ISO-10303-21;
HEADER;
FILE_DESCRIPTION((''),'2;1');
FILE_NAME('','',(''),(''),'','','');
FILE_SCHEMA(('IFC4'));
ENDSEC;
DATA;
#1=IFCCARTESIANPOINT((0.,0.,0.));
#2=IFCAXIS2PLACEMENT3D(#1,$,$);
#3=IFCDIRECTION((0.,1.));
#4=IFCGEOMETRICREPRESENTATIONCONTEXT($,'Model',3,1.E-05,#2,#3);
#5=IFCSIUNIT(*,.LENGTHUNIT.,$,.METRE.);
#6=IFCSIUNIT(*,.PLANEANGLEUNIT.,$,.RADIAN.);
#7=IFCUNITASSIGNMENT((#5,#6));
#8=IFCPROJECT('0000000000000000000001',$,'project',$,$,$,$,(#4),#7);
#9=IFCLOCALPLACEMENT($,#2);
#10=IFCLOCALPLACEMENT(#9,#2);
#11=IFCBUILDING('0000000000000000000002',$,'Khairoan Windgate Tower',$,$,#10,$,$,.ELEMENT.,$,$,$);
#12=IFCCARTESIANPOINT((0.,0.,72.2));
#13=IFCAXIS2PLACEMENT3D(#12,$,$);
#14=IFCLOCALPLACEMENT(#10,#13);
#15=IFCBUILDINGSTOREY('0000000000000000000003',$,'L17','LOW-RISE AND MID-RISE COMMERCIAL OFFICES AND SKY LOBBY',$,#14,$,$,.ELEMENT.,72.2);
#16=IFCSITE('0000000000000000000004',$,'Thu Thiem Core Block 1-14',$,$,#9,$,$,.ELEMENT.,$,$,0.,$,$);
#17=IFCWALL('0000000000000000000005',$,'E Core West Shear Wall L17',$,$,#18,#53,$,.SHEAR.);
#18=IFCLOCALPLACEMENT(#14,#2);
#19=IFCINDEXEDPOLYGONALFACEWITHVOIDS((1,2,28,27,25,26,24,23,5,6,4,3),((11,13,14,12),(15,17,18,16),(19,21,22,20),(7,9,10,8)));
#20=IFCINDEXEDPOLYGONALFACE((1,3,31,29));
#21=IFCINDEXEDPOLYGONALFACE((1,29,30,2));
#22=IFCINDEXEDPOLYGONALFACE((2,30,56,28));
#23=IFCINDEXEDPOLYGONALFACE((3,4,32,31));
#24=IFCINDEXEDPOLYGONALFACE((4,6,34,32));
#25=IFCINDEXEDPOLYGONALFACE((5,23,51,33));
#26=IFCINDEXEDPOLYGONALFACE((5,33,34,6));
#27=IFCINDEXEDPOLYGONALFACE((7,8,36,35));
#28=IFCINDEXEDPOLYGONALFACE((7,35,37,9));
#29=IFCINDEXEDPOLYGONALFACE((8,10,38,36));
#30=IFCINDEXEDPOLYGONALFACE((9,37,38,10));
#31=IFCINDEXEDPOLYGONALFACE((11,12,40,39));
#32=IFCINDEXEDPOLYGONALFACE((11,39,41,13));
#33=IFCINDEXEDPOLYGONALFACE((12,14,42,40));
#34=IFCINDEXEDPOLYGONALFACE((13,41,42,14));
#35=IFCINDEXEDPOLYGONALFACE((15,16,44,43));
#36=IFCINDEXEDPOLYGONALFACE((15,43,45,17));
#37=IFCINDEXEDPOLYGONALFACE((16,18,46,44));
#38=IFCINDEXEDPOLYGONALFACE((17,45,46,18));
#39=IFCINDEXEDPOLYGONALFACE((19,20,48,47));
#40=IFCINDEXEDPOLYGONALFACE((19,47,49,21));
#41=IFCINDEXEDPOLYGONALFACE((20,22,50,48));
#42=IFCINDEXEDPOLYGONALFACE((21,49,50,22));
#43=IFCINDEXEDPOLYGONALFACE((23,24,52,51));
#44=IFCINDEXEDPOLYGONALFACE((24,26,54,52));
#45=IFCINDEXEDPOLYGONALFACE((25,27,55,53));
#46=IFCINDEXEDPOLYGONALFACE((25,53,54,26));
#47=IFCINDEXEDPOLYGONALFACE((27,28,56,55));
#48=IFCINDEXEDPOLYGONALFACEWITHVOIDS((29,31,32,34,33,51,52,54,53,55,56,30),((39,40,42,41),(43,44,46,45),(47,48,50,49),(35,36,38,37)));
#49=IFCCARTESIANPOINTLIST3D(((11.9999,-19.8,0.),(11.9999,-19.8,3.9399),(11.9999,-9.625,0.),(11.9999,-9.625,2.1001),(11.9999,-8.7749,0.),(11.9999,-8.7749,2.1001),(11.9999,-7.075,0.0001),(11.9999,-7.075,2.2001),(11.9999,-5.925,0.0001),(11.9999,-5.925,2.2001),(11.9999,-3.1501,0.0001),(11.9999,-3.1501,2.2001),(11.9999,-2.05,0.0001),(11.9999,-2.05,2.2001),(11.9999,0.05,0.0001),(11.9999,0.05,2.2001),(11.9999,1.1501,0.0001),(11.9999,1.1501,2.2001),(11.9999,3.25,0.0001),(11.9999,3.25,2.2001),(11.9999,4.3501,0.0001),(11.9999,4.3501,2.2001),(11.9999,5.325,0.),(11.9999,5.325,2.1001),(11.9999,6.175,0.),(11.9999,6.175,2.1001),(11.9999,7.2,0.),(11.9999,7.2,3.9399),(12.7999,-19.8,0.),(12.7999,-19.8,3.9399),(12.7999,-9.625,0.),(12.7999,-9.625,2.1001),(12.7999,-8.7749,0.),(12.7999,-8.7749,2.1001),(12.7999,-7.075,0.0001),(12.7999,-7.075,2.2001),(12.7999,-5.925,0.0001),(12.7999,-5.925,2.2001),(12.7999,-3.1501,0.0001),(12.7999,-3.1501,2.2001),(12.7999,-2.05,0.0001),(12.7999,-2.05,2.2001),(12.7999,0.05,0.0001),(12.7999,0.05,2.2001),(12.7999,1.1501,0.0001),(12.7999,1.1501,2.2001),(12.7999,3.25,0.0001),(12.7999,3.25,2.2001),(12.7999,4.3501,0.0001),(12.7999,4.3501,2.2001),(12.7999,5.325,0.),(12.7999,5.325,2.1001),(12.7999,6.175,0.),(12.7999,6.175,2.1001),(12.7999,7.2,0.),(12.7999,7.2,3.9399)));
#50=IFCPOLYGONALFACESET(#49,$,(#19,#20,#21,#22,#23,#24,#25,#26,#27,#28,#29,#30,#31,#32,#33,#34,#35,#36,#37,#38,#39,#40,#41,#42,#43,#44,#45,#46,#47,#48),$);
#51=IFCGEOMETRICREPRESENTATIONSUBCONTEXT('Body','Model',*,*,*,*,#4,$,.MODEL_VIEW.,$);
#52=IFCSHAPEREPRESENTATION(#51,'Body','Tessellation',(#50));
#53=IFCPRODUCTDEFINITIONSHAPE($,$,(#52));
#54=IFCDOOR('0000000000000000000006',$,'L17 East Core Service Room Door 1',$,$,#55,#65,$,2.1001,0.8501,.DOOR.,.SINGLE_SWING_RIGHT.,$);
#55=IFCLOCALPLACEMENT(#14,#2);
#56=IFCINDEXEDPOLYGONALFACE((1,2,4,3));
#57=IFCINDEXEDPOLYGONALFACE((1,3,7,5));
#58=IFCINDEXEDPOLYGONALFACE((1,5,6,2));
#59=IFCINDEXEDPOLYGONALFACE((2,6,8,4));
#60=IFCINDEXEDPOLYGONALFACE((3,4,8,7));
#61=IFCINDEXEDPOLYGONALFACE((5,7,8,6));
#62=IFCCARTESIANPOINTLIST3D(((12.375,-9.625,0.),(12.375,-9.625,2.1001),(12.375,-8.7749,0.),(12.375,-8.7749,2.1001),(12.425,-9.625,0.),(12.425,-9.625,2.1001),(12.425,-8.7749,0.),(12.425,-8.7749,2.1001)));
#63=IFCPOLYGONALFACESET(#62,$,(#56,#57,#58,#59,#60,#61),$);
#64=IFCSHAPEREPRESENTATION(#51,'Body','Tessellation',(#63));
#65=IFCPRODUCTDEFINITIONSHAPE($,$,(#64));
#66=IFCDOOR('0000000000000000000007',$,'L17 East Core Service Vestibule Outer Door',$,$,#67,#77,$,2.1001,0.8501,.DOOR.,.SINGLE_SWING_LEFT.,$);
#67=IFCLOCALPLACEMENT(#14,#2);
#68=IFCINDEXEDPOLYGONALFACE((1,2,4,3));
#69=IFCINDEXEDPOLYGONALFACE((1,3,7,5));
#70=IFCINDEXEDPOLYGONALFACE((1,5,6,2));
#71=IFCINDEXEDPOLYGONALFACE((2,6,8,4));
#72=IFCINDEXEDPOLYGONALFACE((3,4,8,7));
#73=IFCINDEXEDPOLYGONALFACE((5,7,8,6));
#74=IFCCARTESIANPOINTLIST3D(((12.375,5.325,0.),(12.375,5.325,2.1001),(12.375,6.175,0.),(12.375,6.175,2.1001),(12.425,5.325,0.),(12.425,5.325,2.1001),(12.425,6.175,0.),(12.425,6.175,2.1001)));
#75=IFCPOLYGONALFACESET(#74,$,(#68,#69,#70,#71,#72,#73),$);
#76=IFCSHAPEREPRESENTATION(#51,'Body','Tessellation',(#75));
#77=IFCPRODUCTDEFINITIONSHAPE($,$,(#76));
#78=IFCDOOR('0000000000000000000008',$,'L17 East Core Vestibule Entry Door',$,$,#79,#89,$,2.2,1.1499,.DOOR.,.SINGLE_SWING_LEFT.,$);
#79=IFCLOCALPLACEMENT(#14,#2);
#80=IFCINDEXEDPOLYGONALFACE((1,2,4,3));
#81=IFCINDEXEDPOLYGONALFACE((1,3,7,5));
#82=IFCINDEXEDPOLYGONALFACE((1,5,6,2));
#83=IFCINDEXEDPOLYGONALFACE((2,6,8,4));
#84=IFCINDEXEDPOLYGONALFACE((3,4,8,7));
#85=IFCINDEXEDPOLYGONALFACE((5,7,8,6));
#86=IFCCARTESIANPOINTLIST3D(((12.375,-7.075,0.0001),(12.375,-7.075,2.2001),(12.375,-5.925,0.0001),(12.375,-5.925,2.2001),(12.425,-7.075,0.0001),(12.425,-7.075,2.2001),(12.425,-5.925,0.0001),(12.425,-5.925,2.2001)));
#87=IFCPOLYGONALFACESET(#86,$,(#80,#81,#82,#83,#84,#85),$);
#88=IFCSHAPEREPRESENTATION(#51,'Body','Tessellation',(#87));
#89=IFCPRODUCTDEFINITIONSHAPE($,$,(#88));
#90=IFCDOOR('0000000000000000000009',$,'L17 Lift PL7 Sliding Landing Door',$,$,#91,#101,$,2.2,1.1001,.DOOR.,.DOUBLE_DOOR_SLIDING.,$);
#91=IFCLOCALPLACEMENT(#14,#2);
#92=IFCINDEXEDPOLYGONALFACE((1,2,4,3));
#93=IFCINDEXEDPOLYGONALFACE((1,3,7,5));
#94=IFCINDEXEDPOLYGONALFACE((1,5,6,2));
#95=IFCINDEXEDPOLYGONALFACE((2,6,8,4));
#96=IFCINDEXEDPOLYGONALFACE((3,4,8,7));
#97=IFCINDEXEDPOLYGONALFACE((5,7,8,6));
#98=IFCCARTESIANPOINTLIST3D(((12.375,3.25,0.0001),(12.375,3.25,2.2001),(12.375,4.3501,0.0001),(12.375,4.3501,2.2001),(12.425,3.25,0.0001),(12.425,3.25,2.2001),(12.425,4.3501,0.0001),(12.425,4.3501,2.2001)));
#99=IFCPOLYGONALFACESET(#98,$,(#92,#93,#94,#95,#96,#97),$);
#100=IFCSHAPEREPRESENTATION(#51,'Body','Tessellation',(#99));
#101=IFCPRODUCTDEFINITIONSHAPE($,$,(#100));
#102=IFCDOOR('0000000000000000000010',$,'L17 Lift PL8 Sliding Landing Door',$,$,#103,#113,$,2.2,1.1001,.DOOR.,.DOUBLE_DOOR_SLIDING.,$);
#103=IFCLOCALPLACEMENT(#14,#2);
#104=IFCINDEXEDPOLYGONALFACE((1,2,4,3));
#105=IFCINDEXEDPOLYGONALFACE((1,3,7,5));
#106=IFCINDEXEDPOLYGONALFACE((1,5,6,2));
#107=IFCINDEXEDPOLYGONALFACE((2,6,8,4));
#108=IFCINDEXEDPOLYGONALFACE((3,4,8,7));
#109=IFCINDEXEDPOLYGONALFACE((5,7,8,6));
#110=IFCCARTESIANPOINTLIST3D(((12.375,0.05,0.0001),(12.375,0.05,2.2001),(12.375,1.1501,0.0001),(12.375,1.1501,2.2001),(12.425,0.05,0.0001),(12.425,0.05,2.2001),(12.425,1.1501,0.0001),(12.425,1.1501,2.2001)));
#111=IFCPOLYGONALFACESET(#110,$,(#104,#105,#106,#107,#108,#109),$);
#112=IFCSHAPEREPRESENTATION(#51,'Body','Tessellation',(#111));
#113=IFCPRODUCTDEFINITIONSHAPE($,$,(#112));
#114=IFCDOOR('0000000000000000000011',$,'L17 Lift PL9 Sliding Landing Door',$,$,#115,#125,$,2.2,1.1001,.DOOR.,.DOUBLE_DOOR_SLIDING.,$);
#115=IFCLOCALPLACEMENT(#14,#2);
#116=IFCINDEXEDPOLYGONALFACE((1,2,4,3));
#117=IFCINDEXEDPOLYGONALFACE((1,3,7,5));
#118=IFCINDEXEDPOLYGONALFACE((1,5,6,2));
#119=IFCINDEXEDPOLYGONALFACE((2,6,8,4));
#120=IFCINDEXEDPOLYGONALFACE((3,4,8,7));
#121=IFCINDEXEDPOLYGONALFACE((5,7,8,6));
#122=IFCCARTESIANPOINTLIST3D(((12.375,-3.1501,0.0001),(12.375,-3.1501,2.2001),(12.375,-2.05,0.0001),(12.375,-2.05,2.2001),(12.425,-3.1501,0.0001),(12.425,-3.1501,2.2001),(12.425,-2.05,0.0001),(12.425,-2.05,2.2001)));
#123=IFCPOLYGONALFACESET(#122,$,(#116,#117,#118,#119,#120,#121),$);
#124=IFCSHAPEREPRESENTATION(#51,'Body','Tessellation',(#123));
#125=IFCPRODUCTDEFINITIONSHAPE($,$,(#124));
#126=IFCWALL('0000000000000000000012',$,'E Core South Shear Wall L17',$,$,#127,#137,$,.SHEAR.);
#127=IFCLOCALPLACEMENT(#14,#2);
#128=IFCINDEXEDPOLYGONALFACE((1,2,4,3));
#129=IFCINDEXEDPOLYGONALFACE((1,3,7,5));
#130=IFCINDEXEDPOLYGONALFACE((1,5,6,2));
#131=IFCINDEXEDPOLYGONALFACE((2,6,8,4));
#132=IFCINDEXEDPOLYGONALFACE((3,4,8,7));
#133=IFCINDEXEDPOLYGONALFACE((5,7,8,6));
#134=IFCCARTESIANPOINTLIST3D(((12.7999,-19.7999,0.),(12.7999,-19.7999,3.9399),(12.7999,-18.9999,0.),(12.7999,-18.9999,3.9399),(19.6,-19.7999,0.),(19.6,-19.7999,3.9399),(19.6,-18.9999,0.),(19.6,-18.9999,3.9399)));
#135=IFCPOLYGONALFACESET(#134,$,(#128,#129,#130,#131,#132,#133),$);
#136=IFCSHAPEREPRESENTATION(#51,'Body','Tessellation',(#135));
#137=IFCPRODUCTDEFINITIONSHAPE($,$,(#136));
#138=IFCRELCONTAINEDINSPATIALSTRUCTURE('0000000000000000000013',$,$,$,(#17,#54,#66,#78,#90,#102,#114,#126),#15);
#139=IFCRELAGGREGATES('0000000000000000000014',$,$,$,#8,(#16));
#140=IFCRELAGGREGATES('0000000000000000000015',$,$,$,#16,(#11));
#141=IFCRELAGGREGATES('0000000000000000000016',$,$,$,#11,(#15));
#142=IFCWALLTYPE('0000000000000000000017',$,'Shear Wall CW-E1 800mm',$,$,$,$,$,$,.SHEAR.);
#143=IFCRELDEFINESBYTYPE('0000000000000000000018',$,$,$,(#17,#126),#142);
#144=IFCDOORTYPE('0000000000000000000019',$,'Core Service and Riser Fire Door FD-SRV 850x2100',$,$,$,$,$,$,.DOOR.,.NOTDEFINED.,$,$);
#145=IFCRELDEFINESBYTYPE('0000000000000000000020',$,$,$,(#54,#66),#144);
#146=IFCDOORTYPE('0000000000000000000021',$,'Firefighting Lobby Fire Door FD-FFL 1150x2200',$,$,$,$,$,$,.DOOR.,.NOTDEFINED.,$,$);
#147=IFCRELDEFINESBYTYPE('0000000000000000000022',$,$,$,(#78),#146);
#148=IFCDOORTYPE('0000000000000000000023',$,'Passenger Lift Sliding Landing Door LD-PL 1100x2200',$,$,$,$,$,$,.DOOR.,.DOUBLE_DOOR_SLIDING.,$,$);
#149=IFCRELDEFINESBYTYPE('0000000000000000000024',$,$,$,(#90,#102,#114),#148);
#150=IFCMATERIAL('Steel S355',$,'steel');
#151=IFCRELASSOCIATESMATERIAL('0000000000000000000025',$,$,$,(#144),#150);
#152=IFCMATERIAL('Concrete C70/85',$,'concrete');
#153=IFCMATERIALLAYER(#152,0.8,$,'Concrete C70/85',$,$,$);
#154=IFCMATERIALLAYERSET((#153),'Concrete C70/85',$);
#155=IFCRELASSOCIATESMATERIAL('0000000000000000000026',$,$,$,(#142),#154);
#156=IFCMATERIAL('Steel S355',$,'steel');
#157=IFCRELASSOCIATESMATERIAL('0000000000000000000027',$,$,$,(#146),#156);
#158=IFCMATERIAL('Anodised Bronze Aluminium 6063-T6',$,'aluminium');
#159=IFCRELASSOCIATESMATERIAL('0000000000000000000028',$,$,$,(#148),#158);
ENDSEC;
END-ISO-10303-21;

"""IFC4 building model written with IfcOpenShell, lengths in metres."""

from ifc_helpers import new_model, si_unit, direction, frame, frame_2d, origin, place, context, subcontext, project, spatial, rectangle, extrude, material, layer, layer_set, type_object, element, fill, save


model = new_model("IFC4")

# Units and contexts
model_context = context("Model", 3, precision=1e-05, world=origin(), true_north=direction((0.0, 1.0)))
body_context = subcontext(model_context, "Body", "Model", "MODEL_VIEW")
ifc_project = project(units=[si_unit("LENGTHUNIT", "METRE"), si_unit("PLANEANGLEUNIT", "RADIAN")], contexts=[model_context])

# Site, building, storey
site_placement = place(None, origin())
site = spatial("IfcSite", under=ifc_project, at=site_placement, Name="Thu Thiem Core Block 1-14", CompositionType="ELEMENT", RefElevation=0.0)
building_placement = place(site_placement, origin())
building = spatial("IfcBuilding", under=site, at=building_placement, Name="Khairoan Windgate Tower", CompositionType="ELEMENT")
storey_placement = place(building_placement, frame((0.0, 0.0, 72.2)))
storey = spatial("IfcBuildingStorey", under=building, at=storey_placement, Name="L17", Description="LOW-RISE AND MID-RISE COMMERCIAL OFFICES AND SKY LOBBY", CompositionType="ELEMENT", Elevation=72.2)

# Shared definitions
ifc_material_1 = material(Name="Steel S355", Category="steel")
door_type_1 = type_object("IfcDoorType", Name="Core Service and Riser Fire Door FD-SRV 850x2100", OperationType="NOTDEFINED", PredefinedType="DOOR", material=ifc_material_1)

# Wall, openings, doors
ifc_material_2 = material(Name="Concrete C70/85", Category="concrete")
ifc_layer_1 = layer(ifc_material_2, 0.8, Name="Concrete C70/85")
ifc_layer_set_1 = layer_set([ifc_layer_1], Name="Concrete C70/85")
wall_type_1 = type_object("IfcWallType", Name="Shear Wall CW-E1 800mm", PredefinedType="SHEAR", material=ifc_layer_set_1)
wall_1_placement = place(storey_placement, frame((12.3999, -19.8, 0.0), z_axis=(0.0, 0.0, 1.0), x_axis=(0.0, 1.0, 0.0)))
wall_1 = element("IfcWall", 1, at=wall_1_placement, inside=storey, type_object=wall_type_1, Name="E Core West Shear Wall L17", PredefinedType="SHEAR", context=body_context, shape_type="SweptSolid", body=[
    extrude(rectangle(XDim=27.0, YDim=0.8, at=frame_2d((13.5, 0.0))), origin(), (0.0, 0.0, 1.0), 3.9399),
])
opening_1_placement = place(wall_1_placement, frame((23.05, 0.0, 0.0)))
opening_1 = element("IfcOpeningElement", 2, at=opening_1_placement, cuts=wall_1, PredefinedType="OPENING", context=body_context, shape_type="SweptSolid", body=[
    extrude(rectangle(XDim=1.1001, YDim=2.2, at=frame_2d((0.55, 1.1001))), frame((0.0, 0.4099, 0.0), z_axis=(0.0, -1.0, 0.0), x_axis=(1.0, 0.0, 0.0)), (0.0, 0.0, 1.0), 0.8201),
])
opening_2_placement = place(wall_1_placement, frame((19.8501, 0.0, 0.0)))
opening_2 = element("IfcOpeningElement", 3, at=opening_2_placement, cuts=wall_1, PredefinedType="OPENING", context=body_context, shape_type="SweptSolid", body=[
    extrude(rectangle(XDim=1.1001, YDim=2.2, at=frame_2d((0.55, 1.1001))), frame((0.0, 0.4099, 0.0), z_axis=(0.0, -1.0, 0.0), x_axis=(1.0, 0.0, 0.0)), (0.0, 0.0, 1.0), 0.8201),
])
opening_3_placement = place(wall_1_placement, frame((16.6499, 0.0, 0.0)))
opening_3 = element("IfcOpeningElement", 4, at=opening_3_placement, cuts=wall_1, PredefinedType="OPENING", context=body_context, shape_type="SweptSolid", body=[
    extrude(rectangle(XDim=1.1001, YDim=2.2, at=frame_2d((0.55, 1.1001))), frame((0.0, 0.4099, 0.0), z_axis=(0.0, -1.0, 0.0), x_axis=(1.0, 0.0, 0.0)), (0.0, 0.0, 1.0), 0.8201),
])
opening_4_placement = place(wall_1_placement, frame((10.175, 0.0, 0.0)))
opening_4 = element("IfcOpeningElement", 5, at=opening_4_placement, cuts=wall_1, PredefinedType="OPENING", context=body_context, shape_type="SweptSolid", body=[
    extrude(rectangle(XDim=0.8501, YDim=2.1001, at=frame_2d((0.425, 1.05))), frame((0.0, 0.4099, 0.0), z_axis=(0.0, -1.0, 0.0), x_axis=(1.0, 0.0, 0.0)), (0.0, 0.0, 1.0), 0.8201),
])
opening_5_placement = place(wall_1_placement, frame((12.7251, 0.0, 0.0)))
opening_5 = element("IfcOpeningElement", 6, at=opening_5_placement, cuts=wall_1, PredefinedType="OPENING", context=body_context, shape_type="SweptSolid", body=[
    extrude(rectangle(XDim=1.1499, YDim=2.2, at=frame_2d((0.575, 1.1001))), frame((0.0, 0.4099, 0.0), z_axis=(0.0, -1.0, 0.0), x_axis=(1.0, 0.0, 0.0)), (0.0, 0.0, 1.0), 0.8201),
])
opening_6_placement = place(wall_1_placement, frame((25.125, 0.0, 0.0)))
opening_6 = element("IfcOpeningElement", 7, at=opening_6_placement, cuts=wall_1, PredefinedType="OPENING", context=body_context, shape_type="SweptSolid", body=[
    extrude(rectangle(XDim=0.8501, YDim=2.1001, at=frame_2d((0.425, 1.05))), frame((0.0, 0.4099, 0.0), z_axis=(0.0, -1.0, 0.0), x_axis=(1.0, 0.0, 0.0)), (0.0, 0.0, 1.0), 0.8201),
])
door_1_placement = place(opening_4_placement, origin())
door_1 = element("IfcDoor", 8, at=door_1_placement, inside=storey, type_object=door_type_1, Name="L17 East Core Service Room Door 1", OperationType="SINGLE_SWING_RIGHT", OverallHeight=2.1001, OverallWidth=0.8501, PredefinedType="DOOR", context=body_context, shape_type="SweptSolid", body=[
    extrude(rectangle(XDim=0.8501, YDim=2.1001, at=frame_2d((0.425, 1.05))), frame((0.0, 0.0249, 0.0), z_axis=(0.0, -1.0, 0.0), x_axis=(1.0, 0.0, 0.0)), (0.0, 0.0, 1.0), 0.05),
])
fill(opening_4, door_1)
door_2_placement = place(opening_6_placement, origin())
door_2 = element("IfcDoor", 9, at=door_2_placement, inside=storey, type_object=door_type_1, Name="L17 East Core Service Vestibule Outer Door", OperationType="SINGLE_SWING_LEFT", OverallHeight=2.1001, OverallWidth=0.8501, PredefinedType="DOOR", context=body_context, shape_type="SweptSolid", body=[
    extrude(rectangle(XDim=0.8501, YDim=2.1001, at=frame_2d((0.425, 1.05))), frame((0.0, 0.0249, 0.0), z_axis=(0.0, -1.0, 0.0), x_axis=(1.0, 0.0, 0.0)), (0.0, 0.0, 1.0), 0.05),
])
fill(opening_6, door_2)
ifc_material_3 = material(Name="Steel S355", Category="steel")
door_type_2 = type_object("IfcDoorType", Name="Firefighting Lobby Fire Door FD-FFL 1150x2200", OperationType="NOTDEFINED", PredefinedType="DOOR", material=ifc_material_3)
door_3_placement = place(opening_5_placement, origin())
door_3 = element("IfcDoor", 10, at=door_3_placement, inside=storey, type_object=door_type_2, Name="L17 East Core Vestibule Entry Door", OperationType="SINGLE_SWING_LEFT", OverallHeight=2.2, OverallWidth=1.1499, PredefinedType="DOOR", context=body_context, shape_type="SweptSolid", body=[
    extrude(rectangle(XDim=1.1499, YDim=2.2, at=frame_2d((0.575, 1.1001))), frame((0.0, 0.0249, 0.0), z_axis=(0.0, -1.0, 0.0), x_axis=(1.0, 0.0, 0.0)), (0.0, 0.0, 1.0), 0.05),
])
fill(opening_5, door_3)
ifc_material_4 = material(Name="Anodised Bronze Aluminium 6063-T6", Category="aluminium")
door_type_3 = type_object("IfcDoorType", Name="Passenger Lift Sliding Landing Door LD-PL 1100x2200", OperationType="DOUBLE_DOOR_SLIDING", PredefinedType="DOOR", material=ifc_material_4)
door_4_placement = place(opening_1_placement, origin())
door_4 = element("IfcDoor", 11, at=door_4_placement, inside=storey, type_object=door_type_3, Name="L17 Lift PL7 Sliding Landing Door", OperationType="DOUBLE_DOOR_SLIDING", OverallHeight=2.2, OverallWidth=1.1001, PredefinedType="DOOR", context=body_context, shape_type="SweptSolid", body=[
    extrude(rectangle(XDim=1.1001, YDim=2.2, at=frame_2d((0.55, 1.1001))), frame((0.0, 0.0249, 0.0), z_axis=(0.0, -1.0, 0.0), x_axis=(1.0, 0.0, 0.0)), (0.0, 0.0, 1.0), 0.05),
])
fill(opening_1, door_4)
door_5_placement = place(opening_2_placement, origin())
door_5 = element("IfcDoor", 12, at=door_5_placement, inside=storey, type_object=door_type_3, Name="L17 Lift PL8 Sliding Landing Door", OperationType="DOUBLE_DOOR_SLIDING", OverallHeight=2.2, OverallWidth=1.1001, PredefinedType="DOOR", context=body_context, shape_type="SweptSolid", body=[
    extrude(rectangle(XDim=1.1001, YDim=2.2, at=frame_2d((0.55, 1.1001))), frame((0.0, 0.0249, 0.0), z_axis=(0.0, -1.0, 0.0), x_axis=(1.0, 0.0, 0.0)), (0.0, 0.0, 1.0), 0.05),
])
fill(opening_2, door_5)
door_6_placement = place(opening_3_placement, origin())
door_6 = element("IfcDoor", 13, at=door_6_placement, inside=storey, type_object=door_type_3, Name="L17 Lift PL9 Sliding Landing Door", OperationType="DOUBLE_DOOR_SLIDING", OverallHeight=2.2, OverallWidth=1.1001, PredefinedType="DOOR", context=body_context, shape_type="SweptSolid", body=[
    extrude(rectangle(XDim=1.1001, YDim=2.2, at=frame_2d((0.55, 1.1001))), frame((0.0, 0.0249, 0.0), z_axis=(0.0, -1.0, 0.0), x_axis=(1.0, 0.0, 0.0)), (0.0, 0.0, 1.0), 0.05),
])
fill(opening_3, door_6)

# Wall
wall_2_placement = place(storey_placement, frame((12.8, -19.3999, 0.0), z_axis=(0.0, 0.0, 1.0), x_axis=(1.0, 0.0, 0.0)))
element("IfcWall", 14, at=wall_2_placement, inside=storey, type_object=wall_type_1, Name="E Core South Shear Wall L17", PredefinedType="SHEAR", context=body_context, shape_type="SweptSolid", body=[
    extrude(rectangle(XDim=6.8, YDim=0.8, at=frame_2d((3.3999, 0.0))), origin(), (0.0, 0.0, 1.0), 3.9399),
])

save(model, "model.ifc")
